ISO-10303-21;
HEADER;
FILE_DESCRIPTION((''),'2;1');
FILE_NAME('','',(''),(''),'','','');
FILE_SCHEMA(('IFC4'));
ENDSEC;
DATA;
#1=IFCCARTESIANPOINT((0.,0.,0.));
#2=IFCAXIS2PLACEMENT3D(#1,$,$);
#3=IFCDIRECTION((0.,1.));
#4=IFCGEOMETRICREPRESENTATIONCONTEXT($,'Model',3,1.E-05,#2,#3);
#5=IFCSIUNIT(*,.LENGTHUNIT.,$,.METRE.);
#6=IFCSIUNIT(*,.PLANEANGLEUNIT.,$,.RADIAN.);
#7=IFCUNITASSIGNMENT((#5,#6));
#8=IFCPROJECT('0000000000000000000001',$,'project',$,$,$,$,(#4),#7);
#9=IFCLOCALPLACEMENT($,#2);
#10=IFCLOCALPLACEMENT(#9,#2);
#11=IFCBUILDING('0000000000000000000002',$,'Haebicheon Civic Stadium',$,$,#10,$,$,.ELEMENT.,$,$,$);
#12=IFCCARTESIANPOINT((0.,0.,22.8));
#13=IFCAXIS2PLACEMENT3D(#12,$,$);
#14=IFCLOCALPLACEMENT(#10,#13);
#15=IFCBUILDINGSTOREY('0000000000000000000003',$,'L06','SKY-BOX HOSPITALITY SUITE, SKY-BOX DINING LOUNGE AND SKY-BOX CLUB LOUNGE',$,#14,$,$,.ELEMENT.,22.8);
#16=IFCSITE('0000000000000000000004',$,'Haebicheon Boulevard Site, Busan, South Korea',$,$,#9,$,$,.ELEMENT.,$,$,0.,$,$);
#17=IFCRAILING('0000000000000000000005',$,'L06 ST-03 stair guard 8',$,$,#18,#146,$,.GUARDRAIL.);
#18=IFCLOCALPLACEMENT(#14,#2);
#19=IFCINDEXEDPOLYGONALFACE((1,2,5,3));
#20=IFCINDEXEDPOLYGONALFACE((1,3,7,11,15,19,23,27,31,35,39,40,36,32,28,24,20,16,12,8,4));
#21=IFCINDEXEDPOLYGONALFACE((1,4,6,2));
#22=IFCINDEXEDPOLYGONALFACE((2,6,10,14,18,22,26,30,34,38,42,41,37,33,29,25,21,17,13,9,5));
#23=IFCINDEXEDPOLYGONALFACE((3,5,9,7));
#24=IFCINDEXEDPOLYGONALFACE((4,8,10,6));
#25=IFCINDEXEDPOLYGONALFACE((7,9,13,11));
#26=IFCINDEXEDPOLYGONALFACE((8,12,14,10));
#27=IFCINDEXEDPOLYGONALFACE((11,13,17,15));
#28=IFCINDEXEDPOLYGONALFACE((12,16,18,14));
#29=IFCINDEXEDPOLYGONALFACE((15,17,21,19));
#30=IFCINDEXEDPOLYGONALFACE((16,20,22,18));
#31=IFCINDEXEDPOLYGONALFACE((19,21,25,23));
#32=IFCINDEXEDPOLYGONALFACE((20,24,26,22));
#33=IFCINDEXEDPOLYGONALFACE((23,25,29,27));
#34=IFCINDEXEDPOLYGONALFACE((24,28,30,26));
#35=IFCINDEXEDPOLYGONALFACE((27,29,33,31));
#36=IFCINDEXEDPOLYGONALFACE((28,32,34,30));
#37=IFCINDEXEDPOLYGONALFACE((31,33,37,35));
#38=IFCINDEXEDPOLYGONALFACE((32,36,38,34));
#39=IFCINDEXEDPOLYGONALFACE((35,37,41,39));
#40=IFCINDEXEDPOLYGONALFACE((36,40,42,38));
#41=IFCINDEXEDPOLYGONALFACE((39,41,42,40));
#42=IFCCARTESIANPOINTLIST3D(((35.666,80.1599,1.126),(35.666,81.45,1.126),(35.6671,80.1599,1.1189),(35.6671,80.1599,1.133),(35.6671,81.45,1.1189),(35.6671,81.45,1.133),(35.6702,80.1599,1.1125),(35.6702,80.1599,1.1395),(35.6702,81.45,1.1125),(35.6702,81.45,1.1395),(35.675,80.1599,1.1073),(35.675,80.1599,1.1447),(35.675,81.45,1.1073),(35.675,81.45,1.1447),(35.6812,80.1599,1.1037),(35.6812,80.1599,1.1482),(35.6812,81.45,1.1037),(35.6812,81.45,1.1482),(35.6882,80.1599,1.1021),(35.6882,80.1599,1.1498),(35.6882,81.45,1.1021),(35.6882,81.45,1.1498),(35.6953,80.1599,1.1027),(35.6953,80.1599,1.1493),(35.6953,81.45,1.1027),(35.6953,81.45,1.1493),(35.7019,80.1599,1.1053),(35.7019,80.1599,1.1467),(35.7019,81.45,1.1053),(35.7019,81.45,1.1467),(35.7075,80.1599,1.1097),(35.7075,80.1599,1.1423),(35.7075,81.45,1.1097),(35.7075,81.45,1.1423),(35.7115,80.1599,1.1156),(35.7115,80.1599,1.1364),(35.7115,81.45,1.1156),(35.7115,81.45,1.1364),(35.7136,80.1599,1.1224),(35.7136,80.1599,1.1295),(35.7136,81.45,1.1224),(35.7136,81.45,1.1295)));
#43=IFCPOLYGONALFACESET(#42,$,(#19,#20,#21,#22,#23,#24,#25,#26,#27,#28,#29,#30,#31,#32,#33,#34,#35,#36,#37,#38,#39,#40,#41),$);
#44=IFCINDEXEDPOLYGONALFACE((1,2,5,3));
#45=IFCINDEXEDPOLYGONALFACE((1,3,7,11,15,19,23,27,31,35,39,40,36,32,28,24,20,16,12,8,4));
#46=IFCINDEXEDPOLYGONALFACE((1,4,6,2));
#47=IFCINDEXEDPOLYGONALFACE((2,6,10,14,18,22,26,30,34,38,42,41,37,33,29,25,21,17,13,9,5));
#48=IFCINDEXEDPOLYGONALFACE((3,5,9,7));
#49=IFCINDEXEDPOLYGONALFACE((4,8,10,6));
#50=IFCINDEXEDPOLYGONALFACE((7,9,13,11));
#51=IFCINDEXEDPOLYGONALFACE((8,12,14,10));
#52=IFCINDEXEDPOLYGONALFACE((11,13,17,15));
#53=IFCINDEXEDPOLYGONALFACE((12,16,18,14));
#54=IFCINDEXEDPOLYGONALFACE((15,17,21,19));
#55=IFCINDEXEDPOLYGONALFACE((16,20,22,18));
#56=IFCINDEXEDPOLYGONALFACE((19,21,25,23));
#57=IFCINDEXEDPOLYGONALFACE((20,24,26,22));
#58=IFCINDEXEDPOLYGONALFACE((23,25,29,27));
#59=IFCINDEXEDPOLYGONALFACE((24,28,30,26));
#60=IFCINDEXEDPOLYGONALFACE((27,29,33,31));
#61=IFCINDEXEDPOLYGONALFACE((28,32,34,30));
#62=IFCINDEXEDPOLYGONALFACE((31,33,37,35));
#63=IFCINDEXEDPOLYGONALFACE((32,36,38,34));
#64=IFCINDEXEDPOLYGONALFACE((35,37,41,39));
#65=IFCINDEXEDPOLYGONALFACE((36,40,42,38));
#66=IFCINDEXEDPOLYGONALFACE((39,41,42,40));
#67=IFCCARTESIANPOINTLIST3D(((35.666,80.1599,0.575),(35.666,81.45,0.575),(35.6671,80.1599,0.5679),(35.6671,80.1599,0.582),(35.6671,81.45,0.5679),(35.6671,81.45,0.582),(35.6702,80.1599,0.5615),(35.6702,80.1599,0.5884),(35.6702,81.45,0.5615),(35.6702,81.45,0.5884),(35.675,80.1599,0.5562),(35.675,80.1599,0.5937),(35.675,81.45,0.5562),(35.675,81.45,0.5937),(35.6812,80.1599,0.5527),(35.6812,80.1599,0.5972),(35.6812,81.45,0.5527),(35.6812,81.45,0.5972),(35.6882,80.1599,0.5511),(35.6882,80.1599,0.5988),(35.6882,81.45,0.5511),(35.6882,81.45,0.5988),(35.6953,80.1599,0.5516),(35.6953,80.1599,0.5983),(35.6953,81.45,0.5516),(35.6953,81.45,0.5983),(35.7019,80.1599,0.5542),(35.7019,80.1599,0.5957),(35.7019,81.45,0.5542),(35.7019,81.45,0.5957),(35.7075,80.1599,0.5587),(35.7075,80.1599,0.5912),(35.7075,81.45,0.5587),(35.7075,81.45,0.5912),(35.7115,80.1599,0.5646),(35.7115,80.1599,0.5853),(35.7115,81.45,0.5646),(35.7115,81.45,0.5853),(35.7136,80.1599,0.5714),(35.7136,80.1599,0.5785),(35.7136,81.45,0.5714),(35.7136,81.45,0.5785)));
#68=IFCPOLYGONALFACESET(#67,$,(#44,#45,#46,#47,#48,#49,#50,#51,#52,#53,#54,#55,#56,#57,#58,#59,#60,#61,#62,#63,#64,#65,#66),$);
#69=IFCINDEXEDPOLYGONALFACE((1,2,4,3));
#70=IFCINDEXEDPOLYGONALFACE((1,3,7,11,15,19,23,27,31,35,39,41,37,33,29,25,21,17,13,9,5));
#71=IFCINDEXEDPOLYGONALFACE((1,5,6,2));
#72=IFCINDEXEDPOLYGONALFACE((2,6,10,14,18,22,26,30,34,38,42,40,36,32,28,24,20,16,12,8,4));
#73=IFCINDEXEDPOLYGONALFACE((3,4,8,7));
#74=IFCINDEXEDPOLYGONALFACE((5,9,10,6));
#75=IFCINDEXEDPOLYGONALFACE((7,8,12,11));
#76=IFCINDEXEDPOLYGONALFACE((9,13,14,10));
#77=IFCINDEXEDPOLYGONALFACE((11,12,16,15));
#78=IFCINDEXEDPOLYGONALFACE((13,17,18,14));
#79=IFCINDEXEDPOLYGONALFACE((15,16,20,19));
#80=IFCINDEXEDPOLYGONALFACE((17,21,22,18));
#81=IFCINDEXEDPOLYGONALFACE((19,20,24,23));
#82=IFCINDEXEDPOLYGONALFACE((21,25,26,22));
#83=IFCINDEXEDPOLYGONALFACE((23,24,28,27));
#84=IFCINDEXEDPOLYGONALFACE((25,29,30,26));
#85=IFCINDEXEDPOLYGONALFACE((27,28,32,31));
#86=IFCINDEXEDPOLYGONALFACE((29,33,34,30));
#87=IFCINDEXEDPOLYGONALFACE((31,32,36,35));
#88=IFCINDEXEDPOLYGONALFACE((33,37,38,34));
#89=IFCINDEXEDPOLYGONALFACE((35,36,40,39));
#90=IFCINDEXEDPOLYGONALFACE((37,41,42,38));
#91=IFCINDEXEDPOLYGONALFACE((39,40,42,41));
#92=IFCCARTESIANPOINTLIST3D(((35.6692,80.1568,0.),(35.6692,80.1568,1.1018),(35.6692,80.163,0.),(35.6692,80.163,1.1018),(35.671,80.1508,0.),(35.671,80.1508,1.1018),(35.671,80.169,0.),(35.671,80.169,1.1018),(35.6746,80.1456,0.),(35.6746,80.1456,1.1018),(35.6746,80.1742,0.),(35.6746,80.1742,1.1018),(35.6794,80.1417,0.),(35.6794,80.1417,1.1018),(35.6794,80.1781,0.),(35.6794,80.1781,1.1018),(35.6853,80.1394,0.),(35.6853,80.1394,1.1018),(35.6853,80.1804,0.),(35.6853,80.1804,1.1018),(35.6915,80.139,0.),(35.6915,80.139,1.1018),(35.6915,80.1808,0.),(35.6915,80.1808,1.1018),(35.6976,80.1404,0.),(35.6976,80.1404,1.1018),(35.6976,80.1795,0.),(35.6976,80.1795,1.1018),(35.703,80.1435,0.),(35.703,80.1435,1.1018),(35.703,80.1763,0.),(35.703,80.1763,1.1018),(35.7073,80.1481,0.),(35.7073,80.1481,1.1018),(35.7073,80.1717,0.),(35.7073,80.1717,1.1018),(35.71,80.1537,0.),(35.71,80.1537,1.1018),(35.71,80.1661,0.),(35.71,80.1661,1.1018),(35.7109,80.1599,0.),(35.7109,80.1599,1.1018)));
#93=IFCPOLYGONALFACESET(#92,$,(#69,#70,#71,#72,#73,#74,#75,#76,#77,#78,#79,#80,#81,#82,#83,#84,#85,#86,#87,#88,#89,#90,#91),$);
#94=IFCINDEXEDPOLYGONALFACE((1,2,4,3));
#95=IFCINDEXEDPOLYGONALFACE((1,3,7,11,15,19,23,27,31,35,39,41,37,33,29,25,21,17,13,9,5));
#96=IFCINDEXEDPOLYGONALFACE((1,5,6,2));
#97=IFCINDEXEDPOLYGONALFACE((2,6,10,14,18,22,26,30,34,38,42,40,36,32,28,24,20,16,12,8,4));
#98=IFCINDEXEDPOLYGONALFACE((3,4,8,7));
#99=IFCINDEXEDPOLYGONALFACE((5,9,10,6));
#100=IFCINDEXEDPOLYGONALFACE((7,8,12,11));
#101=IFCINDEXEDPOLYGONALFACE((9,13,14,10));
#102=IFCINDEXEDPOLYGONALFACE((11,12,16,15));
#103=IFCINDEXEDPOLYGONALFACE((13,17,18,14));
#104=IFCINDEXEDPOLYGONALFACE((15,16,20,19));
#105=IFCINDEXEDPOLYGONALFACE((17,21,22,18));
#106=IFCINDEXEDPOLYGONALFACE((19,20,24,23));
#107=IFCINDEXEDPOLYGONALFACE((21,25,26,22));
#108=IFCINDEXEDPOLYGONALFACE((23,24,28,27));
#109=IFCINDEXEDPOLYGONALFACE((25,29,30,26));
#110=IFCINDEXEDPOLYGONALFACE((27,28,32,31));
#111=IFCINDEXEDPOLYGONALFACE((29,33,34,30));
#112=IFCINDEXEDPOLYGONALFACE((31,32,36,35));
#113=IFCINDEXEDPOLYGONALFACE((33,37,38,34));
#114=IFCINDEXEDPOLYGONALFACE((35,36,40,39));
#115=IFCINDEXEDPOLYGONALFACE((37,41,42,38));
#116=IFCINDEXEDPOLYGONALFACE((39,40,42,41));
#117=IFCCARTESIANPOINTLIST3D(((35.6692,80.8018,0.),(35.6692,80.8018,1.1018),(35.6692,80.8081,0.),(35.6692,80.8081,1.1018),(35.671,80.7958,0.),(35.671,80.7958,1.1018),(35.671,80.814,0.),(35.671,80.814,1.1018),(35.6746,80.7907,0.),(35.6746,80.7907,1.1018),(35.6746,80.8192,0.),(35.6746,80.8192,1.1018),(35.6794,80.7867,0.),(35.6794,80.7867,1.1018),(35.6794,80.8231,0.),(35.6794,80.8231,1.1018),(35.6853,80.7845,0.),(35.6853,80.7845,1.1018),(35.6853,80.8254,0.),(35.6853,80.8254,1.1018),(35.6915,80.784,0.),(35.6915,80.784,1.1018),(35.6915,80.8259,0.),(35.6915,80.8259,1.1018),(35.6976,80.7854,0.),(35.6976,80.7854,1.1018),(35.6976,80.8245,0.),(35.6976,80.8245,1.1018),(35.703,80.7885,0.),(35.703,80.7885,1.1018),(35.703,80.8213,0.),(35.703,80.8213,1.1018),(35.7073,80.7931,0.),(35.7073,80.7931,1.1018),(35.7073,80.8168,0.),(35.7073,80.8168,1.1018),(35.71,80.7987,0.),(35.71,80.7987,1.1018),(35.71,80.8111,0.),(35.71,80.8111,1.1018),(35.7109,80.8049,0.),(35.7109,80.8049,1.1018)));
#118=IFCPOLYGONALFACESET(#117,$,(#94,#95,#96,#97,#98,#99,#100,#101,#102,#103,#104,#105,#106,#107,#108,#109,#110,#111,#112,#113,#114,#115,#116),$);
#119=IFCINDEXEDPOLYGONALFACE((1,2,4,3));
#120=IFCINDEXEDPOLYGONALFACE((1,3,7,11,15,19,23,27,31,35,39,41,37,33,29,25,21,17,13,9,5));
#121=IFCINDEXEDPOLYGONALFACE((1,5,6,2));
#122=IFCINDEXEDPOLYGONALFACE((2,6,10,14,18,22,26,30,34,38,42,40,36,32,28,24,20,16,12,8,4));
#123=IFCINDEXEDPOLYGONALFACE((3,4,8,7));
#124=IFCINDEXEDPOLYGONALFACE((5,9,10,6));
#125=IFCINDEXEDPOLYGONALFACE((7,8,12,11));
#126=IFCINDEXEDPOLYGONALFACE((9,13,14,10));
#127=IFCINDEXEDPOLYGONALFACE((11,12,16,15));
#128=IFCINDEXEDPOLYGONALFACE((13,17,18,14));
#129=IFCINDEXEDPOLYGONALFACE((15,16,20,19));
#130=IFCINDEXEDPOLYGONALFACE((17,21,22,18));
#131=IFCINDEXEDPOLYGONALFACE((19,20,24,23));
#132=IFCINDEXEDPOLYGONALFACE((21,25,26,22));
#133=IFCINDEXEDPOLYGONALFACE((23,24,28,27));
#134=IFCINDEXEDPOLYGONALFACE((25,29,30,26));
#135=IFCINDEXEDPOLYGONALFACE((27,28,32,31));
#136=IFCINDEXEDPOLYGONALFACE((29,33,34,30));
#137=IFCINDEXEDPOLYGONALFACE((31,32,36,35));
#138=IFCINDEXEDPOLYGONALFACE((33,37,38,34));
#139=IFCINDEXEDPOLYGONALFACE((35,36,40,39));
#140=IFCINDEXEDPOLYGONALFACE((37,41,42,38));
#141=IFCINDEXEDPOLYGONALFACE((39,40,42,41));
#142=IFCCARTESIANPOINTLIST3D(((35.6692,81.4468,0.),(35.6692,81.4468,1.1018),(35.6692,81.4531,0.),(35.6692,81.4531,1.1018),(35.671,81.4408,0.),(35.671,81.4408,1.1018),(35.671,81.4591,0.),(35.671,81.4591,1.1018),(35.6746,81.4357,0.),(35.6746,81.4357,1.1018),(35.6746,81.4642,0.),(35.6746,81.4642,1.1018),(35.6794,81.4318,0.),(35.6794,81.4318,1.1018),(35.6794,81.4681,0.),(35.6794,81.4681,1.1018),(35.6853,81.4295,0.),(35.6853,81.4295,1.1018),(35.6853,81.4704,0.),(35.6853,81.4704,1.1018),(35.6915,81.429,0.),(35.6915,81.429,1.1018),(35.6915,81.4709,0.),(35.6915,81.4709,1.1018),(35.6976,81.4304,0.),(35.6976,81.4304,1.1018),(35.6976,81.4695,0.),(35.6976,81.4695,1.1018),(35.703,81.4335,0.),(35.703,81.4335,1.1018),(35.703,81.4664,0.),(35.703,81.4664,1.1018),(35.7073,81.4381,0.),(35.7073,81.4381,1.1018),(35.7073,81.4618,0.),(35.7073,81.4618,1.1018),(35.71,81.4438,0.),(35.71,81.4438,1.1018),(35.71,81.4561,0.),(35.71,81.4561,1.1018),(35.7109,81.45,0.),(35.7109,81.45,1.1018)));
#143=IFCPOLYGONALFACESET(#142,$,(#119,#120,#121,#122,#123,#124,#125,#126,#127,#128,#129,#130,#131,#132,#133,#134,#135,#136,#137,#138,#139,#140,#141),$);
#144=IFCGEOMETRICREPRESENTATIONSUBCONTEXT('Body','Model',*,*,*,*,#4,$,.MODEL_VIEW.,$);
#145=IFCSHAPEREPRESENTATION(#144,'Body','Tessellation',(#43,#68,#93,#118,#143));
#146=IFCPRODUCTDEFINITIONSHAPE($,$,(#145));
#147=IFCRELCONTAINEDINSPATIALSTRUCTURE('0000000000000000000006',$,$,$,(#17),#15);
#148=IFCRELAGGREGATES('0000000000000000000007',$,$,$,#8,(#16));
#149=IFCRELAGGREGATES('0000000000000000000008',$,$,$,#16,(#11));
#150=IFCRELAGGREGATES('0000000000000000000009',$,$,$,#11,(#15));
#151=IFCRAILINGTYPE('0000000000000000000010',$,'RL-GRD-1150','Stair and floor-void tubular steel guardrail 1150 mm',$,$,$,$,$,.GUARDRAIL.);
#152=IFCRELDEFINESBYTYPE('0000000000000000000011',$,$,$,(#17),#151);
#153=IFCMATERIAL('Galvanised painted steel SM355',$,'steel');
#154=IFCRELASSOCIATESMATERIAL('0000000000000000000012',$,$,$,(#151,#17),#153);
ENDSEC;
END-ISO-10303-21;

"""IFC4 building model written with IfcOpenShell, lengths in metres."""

from ifc_helpers import new_model, si_unit, direction, frame, origin, origin_2d, place, context, subcontext, project, spatial, circle, extrude, material, type_object, element, save


model = new_model("IFC4")

# Units and contexts
model_context = context("Model", 3, precision=1e-05, world=origin(), true_north=direction((0.0, 1.0)))
body_context = subcontext(model_context, "Body", "Model", "MODEL_VIEW")
ifc_project = project(units=[si_unit("LENGTHUNIT", "METRE"), si_unit("PLANEANGLEUNIT", "RADIAN")], contexts=[model_context])

# Site, building, storey
site_placement = place(None, origin())
site = spatial("IfcSite", under=ifc_project, at=site_placement, Name="Haebicheon Boulevard Site, Busan, South Korea", CompositionType="ELEMENT", RefElevation=0.0)
building_placement = place(site_placement, origin())
building = spatial("IfcBuilding", under=site, at=building_placement, Name="Haebicheon Civic Stadium", CompositionType="ELEMENT")
storey_placement = place(building_placement, frame((0.0, 0.0, 22.8)))
storey = spatial("IfcBuildingStorey", under=building, at=storey_placement, Name="L06", Description="SKY-BOX HOSPITALITY SUITE, SKY-BOX DINING LOUNGE AND SKY-BOX CLUB LOUNGE", CompositionType="ELEMENT", Elevation=22.8)

# Railing
ifc_material_1 = material(Name="Galvanised painted steel SM355", Category="steel")
railing_type = type_object("IfcRailingType", Name="RL-GRD-1150", Description="Stair and floor-void tubular steel guardrail 1150 mm", PredefinedType="GUARDRAIL", material=ifc_material_1)
for number, where, name in (
    (1, (35.6899, 80.1599, 0.0), "L06 ST-03 stair guard 8"),
):
    element("IfcRailing", number, at=place(storey_placement, frame(where)), inside=storey, type_object=railing_type, material=ifc_material_1, Name=name, PredefinedType="GUARDRAIL", context=body_context, shape_type="SweptSolid", body=[
        extrude(circle(Radius=0.0239, at=origin_2d()), frame((0.0, 0.0, 1.126), z_axis=(0.0, 1.0, 0.0), x_axis=(-1.0, 0.0, 0.0)), (0.0, 0.0, 1.0), 1.29),
        extrude(circle(Radius=0.0239, at=origin_2d()), frame((0.0, 0.0, 0.575), z_axis=(0.0, 1.0, 0.0), x_axis=(-1.0, 0.0, 0.0)), (0.0, 0.0, 1.0), 1.29),
        extrude(circle(Radius=0.021, at=origin_2d()), origin(), (0.0, 0.0, 1.0), 1.1018),
        extrude(circle(Radius=0.021, at=origin_2d()), frame((0.0, 0.645, 0.0)), (0.0, 0.0, 1.0), 1.1018),
        extrude(circle(Radius=0.021, at=origin_2d()), frame((0.0, 1.29, 0.0)), (0.0, 0.0, 1.0), 1.1018),
    ])

save(model, "model.ifc")
